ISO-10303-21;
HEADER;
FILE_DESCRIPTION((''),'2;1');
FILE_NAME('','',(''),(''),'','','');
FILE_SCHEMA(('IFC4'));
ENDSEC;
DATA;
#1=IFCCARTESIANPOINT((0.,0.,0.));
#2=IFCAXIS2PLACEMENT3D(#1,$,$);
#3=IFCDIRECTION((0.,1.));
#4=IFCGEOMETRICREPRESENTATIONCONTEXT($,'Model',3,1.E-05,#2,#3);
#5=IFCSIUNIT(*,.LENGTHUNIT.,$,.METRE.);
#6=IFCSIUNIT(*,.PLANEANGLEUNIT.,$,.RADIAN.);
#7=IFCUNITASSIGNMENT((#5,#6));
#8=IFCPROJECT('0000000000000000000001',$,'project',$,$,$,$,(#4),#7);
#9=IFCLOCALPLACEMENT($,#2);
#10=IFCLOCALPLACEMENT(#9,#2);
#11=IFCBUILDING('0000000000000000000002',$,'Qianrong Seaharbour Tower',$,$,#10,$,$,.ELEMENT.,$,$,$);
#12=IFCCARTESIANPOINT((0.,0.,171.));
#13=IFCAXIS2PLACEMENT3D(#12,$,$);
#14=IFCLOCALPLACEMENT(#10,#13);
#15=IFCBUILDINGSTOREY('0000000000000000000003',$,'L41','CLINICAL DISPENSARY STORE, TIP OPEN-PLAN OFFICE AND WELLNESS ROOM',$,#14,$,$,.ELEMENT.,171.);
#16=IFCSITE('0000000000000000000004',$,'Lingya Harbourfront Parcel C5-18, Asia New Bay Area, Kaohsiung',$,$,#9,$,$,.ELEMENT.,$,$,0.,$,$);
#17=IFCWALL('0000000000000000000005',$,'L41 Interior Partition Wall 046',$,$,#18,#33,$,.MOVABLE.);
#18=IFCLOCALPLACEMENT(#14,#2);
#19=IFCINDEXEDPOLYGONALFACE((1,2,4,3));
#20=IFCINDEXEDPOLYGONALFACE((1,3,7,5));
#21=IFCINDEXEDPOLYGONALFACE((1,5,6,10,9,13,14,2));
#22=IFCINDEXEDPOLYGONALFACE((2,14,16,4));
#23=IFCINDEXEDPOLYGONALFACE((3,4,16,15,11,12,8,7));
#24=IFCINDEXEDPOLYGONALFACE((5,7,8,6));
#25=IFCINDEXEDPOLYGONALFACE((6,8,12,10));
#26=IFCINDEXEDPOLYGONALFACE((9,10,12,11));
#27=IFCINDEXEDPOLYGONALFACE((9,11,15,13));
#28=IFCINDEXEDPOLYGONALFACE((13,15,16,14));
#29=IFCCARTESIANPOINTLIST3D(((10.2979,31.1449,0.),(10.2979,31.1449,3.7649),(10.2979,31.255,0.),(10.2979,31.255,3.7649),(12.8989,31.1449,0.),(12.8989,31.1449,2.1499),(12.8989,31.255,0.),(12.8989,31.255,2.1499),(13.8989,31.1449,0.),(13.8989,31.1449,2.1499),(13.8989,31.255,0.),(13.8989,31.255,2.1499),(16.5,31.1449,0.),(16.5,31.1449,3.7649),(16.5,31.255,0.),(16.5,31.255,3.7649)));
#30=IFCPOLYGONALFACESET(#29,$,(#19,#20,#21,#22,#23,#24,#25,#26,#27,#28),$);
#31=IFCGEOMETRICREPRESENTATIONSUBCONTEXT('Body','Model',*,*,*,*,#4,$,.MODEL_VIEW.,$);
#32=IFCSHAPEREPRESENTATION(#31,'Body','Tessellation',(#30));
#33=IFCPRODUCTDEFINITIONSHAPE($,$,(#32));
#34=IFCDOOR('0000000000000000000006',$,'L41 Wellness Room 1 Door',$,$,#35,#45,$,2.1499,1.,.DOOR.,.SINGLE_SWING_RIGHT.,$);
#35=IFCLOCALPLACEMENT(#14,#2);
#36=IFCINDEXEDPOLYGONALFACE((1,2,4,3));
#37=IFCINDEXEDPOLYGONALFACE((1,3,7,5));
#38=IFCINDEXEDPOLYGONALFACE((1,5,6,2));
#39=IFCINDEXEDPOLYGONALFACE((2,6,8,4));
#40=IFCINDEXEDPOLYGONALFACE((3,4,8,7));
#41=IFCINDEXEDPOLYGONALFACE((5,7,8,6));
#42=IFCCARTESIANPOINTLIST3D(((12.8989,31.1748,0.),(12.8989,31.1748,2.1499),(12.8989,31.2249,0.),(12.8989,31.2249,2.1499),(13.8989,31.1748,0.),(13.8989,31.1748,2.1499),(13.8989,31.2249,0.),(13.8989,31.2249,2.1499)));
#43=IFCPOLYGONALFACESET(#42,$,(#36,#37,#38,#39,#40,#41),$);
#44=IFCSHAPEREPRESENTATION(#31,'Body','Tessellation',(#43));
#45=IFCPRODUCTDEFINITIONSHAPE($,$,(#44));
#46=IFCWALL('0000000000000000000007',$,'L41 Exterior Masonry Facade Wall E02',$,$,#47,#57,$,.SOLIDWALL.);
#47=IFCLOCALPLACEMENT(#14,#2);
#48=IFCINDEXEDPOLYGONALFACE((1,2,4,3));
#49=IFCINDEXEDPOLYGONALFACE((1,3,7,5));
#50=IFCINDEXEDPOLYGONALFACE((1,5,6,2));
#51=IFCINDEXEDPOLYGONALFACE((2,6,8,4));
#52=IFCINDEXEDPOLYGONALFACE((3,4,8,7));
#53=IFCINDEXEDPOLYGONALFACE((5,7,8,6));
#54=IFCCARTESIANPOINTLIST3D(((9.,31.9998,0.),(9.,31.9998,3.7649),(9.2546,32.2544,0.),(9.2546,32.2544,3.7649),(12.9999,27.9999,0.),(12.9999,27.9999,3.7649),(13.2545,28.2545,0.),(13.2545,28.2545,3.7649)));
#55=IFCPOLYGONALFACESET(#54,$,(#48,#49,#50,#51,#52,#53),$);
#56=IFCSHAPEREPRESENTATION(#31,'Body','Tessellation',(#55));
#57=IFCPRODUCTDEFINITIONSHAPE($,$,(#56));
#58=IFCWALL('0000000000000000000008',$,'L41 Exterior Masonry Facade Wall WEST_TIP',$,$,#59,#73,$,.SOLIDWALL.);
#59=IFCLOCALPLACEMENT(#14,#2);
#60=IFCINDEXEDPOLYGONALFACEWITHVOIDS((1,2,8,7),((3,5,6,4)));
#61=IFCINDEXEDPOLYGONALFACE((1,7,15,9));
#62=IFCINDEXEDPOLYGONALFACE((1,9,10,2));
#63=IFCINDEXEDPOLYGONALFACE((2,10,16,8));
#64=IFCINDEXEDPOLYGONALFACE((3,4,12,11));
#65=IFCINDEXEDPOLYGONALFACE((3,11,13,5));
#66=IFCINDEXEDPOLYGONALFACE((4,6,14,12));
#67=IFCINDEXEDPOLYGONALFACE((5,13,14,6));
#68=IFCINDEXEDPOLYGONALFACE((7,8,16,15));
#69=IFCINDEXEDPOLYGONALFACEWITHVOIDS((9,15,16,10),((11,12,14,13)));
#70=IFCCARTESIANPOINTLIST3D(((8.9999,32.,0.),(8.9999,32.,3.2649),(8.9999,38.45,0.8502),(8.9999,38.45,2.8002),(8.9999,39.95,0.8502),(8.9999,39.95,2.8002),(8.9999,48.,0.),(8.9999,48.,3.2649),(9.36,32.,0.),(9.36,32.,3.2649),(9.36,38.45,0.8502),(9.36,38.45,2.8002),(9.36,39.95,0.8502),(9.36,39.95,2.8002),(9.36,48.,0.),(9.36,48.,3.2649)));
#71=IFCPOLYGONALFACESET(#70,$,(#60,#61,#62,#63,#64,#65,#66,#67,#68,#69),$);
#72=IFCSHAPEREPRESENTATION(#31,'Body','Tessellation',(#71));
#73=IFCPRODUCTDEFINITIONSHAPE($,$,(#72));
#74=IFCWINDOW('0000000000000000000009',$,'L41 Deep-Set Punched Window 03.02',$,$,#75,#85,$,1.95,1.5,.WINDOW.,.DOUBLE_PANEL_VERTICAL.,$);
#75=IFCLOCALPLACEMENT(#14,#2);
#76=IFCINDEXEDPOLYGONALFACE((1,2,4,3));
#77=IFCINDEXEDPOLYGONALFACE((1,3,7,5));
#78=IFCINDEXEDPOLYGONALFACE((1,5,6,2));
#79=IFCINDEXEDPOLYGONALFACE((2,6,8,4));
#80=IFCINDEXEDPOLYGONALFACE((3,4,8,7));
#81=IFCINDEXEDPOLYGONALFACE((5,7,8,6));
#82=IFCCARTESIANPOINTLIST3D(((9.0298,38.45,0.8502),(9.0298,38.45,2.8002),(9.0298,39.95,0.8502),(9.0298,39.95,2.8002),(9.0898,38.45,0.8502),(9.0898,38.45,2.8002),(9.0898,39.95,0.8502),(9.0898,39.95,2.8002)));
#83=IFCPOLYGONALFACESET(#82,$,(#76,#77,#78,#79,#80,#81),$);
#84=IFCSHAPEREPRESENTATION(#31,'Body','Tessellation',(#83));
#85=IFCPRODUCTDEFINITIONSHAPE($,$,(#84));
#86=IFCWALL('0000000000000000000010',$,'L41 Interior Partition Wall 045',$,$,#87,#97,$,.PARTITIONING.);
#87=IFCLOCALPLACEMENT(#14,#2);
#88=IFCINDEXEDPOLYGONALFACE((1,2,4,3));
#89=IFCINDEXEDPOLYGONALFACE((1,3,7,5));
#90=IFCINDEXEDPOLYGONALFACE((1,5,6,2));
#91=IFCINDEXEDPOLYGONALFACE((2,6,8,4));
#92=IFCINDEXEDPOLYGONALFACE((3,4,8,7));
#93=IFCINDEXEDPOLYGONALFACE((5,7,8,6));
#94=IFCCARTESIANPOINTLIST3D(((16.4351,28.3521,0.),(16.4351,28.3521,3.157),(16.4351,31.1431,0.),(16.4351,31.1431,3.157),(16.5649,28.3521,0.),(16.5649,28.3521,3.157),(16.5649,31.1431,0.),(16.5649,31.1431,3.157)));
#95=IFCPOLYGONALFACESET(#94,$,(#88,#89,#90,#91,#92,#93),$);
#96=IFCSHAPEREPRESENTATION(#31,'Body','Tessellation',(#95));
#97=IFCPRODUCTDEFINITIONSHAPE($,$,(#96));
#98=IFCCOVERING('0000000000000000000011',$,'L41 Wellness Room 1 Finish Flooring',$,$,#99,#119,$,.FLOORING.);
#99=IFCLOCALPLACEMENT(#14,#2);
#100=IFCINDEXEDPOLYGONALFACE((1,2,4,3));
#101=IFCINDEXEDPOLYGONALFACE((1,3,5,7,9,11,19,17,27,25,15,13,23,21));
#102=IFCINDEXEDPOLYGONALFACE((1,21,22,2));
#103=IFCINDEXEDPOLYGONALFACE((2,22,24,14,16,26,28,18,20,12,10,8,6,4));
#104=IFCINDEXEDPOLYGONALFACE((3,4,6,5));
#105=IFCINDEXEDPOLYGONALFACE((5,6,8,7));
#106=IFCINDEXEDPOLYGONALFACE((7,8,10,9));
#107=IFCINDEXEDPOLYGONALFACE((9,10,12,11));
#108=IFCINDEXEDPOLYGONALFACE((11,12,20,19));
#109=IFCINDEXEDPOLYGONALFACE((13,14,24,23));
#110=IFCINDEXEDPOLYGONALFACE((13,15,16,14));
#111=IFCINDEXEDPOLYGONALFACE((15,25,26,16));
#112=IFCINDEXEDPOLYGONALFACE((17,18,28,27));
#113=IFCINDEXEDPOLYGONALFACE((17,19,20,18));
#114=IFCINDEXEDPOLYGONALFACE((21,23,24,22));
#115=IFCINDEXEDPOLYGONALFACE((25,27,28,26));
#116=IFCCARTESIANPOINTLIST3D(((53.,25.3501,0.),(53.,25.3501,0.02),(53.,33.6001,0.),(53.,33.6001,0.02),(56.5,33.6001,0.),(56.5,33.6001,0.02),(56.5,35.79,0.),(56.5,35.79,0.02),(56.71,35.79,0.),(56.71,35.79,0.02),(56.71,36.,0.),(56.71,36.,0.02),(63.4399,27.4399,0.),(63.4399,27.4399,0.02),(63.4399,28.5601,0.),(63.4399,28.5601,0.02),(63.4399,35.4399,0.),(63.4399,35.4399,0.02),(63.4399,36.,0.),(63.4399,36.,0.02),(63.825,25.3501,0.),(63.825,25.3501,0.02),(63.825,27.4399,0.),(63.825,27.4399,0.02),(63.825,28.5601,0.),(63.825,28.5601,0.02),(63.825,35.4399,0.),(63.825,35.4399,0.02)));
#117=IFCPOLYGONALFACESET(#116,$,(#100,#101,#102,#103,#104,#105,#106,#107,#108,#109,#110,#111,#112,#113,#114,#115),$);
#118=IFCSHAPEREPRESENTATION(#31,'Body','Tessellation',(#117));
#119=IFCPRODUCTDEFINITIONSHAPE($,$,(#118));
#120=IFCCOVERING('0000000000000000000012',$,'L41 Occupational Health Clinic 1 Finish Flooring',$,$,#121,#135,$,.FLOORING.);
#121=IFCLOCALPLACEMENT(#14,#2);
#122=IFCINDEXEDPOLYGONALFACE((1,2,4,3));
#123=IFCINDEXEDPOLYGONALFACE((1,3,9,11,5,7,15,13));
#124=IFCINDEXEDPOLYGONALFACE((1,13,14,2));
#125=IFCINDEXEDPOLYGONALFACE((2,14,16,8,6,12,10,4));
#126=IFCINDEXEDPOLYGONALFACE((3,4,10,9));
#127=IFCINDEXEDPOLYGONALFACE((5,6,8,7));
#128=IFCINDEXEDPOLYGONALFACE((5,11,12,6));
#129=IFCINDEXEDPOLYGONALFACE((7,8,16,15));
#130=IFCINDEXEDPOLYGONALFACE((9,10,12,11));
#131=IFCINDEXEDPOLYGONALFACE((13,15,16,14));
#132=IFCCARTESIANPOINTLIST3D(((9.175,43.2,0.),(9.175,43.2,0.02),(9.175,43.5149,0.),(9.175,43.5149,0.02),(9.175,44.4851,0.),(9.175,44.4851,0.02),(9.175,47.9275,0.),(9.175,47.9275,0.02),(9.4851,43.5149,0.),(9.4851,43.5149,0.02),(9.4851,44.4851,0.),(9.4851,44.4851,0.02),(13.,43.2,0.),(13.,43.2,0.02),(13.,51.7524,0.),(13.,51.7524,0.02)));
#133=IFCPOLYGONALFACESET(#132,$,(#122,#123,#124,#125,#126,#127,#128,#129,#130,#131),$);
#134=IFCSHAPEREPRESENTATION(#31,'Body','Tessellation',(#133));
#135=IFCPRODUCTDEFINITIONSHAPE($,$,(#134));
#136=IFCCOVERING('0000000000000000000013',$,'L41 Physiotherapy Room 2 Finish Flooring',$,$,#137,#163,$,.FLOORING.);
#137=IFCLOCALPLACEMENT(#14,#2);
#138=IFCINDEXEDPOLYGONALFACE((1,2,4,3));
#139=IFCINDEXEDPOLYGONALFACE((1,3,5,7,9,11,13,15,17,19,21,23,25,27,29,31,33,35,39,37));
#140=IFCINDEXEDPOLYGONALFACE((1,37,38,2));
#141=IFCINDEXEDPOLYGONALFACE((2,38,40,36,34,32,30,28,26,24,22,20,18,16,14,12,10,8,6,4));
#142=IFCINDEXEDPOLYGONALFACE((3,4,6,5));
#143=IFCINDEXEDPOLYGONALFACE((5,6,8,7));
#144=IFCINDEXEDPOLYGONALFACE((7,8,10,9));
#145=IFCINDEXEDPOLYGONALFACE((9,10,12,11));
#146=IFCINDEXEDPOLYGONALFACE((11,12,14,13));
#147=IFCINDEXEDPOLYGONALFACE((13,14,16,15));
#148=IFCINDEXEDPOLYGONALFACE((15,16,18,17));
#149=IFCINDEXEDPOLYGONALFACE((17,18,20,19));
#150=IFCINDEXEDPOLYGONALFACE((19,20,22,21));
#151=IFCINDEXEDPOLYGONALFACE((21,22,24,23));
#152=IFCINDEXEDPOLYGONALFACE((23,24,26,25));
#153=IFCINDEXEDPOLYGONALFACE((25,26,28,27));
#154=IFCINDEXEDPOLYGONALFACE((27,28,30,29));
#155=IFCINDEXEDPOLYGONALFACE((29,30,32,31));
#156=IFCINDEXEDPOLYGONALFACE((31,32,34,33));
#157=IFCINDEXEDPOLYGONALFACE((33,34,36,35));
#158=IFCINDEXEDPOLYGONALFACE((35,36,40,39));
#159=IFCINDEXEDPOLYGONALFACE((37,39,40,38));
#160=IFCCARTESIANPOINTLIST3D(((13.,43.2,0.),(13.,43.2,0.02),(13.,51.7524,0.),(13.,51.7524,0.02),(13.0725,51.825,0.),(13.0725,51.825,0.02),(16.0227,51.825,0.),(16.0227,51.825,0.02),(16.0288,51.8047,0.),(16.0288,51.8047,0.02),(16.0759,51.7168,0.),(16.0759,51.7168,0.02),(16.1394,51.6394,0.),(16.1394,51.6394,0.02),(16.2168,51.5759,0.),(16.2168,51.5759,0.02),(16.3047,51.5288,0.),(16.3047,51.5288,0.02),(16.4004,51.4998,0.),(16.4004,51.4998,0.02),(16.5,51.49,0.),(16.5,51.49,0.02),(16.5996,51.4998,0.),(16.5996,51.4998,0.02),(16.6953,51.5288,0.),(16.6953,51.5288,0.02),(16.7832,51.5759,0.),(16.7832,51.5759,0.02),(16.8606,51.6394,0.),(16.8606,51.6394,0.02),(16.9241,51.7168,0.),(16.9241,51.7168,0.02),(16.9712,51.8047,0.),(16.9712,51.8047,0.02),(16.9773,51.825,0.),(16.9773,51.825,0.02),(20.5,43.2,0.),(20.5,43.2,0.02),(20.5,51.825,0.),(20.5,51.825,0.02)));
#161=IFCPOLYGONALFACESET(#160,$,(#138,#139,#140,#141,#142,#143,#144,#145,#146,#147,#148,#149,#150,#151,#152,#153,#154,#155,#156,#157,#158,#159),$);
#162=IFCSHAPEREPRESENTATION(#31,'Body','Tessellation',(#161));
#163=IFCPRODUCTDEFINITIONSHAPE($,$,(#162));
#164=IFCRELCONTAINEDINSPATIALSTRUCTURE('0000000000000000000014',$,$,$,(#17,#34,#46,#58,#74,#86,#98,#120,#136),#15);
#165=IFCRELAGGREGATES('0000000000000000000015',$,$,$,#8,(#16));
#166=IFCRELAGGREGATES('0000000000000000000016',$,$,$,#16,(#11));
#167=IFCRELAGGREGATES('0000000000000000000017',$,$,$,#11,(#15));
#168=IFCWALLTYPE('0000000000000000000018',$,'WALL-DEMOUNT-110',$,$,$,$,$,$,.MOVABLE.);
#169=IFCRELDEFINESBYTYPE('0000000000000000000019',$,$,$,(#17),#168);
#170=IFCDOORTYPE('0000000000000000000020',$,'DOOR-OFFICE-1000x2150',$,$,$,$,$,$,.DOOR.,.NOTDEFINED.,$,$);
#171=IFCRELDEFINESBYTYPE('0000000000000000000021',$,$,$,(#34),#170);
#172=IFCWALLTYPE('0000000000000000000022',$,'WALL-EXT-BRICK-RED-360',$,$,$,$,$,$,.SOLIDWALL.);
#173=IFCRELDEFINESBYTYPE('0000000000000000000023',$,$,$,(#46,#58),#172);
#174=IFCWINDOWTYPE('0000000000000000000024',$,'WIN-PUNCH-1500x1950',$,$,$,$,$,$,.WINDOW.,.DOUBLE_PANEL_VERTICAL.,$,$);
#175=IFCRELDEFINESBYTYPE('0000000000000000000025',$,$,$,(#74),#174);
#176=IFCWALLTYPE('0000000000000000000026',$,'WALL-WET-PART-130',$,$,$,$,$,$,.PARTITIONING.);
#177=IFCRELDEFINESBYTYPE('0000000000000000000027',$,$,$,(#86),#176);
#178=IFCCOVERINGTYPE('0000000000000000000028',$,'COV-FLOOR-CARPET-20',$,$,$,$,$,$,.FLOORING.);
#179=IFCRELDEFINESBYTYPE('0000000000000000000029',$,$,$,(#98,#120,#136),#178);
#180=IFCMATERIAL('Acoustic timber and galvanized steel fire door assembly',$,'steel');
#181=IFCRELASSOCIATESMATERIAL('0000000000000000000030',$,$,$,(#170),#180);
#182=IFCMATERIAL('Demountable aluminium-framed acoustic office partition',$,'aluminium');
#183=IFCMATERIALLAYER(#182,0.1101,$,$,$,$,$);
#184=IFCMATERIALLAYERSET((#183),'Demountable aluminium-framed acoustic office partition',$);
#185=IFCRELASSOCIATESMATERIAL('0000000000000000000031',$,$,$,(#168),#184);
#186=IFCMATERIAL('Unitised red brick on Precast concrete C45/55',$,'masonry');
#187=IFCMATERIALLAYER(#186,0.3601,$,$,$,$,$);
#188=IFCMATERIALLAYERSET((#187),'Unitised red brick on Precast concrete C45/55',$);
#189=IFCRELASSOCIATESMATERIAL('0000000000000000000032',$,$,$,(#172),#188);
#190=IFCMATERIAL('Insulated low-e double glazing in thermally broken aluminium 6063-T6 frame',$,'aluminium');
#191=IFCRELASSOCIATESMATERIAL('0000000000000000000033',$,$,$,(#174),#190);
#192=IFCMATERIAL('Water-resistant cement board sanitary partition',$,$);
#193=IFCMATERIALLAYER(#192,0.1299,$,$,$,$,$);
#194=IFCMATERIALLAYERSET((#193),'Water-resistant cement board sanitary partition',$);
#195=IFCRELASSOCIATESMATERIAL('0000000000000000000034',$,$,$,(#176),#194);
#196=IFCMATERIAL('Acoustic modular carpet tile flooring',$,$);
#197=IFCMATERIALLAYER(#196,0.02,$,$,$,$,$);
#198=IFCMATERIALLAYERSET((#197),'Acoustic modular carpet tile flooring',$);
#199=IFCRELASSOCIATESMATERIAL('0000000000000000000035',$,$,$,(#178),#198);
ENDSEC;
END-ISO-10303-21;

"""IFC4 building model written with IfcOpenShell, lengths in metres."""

from ifc_helpers import new_model, si_unit, direction, frame, frame_2d, origin, place, context, subcontext, project, spatial, polyline, rectangle, outline, extrude, material, layer, layer_set, type_object, element, fill, save


model = new_model("IFC4")

# Units and contexts
model_context = context("Model", 3, precision=1e-05, world=origin(), true_north=direction((0.0, 1.0)))
body_context = subcontext(model_context, "Body", "Model", "MODEL_VIEW")
ifc_project = project(units=[si_unit("LENGTHUNIT", "METRE"), si_unit("PLANEANGLEUNIT", "RADIAN")], contexts=[model_context])

# Site, building, storey
site_placement = place(None, origin())
site = spatial("IfcSite", under=ifc_project, at=site_placement, Name="Lingya Harbourfront Parcel C5-18, Asia New Bay Area, Kaohsiung", CompositionType="ELEMENT", RefElevation=0.0)
building_placement = place(site_placement, origin())
building = spatial("IfcBuilding", under=site, at=building_placement, Name="Qianrong Seaharbour Tower", CompositionType="ELEMENT")
storey_placement = place(building_placement, frame((0.0, 0.0, 171.0)))
storey = spatial("IfcBuildingStorey", under=building, at=storey_placement, Name="L41", Description="CLINICAL DISPENSARY STORE, TIP OPEN-PLAN OFFICE AND WELLNESS ROOM", CompositionType="ELEMENT", Elevation=171.0)

# Wall, opening, door
ifc_material_1 = material(Name="Acoustic timber and galvanized steel fire door assembly", Category="steel")
door_type = type_object("IfcDoorType", Name="DOOR-OFFICE-1000x2150", OperationType="NOTDEFINED", PredefinedType="DOOR", material=ifc_material_1)
ifc_material_2 = material(Name="Demountable aluminium-framed acoustic office partition", Category="aluminium")
ifc_layer_1 = layer(ifc_material_2, 0.1101)
ifc_layer_set_1 = layer_set([ifc_layer_1], Name="Demountable aluminium-framed acoustic office partition")
wall_type_1 = type_object("IfcWallType", Name="WALL-DEMOUNT-110", PredefinedType="MOVABLE", material=ifc_layer_set_1)
wall_1_placement = place(storey_placement, frame((10.2979, 31.2, 0.0), z_axis=(0.0, 0.0, 1.0), x_axis=(1.0, 0.0, 0.0)))
wall_1 = element("IfcWall", 1, at=wall_1_placement, inside=storey, type_object=wall_type_1, Name="L41 Interior Partition Wall 046", PredefinedType="MOVABLE", context=body_context, shape_type="SweptSolid", body=[
    extrude(rectangle(XDim=6.2021, YDim=0.1101, at=frame_2d((3.1011, 0.0))), origin(), (0.0, 0.0, 1.0), 3.7649),
])
opening_1_placement = place(wall_1_placement, frame((2.6011, 0.0, 0.0)))
opening_1 = element("IfcOpeningElement", 2, at=opening_1_placement, cuts=wall_1, PredefinedType="OPENING", context=body_context, shape_type="SweptSolid", body=[
    extrude(rectangle(XDim=1.0, YDim=2.1499, at=frame_2d((0.5, 1.075))), frame((0.0, 0.0649, 0.0), z_axis=(0.0, -1.0, 0.0), x_axis=(1.0, 0.0, 0.0)), (0.0, 0.0, 1.0), 0.1301),
])
door_1_placement = place(opening_1_placement, origin())
door_1 = element("IfcDoor", 3, at=door_1_placement, inside=storey, type_object=door_type, Name="L41 Wellness Room 1 Door", OperationType="SINGLE_SWING_RIGHT", OverallHeight=2.1499, OverallWidth=1.0, PredefinedType="DOOR", context=body_context, shape_type="SweptSolid", body=[
    extrude(rectangle(XDim=1.0, YDim=2.1499, at=frame_2d((0.5, 1.075))), frame((0.0, 0.0249, 0.0), z_axis=(0.0, -1.0, 0.0), x_axis=(1.0, 0.0, 0.0)), (0.0, 0.0, 1.0), 0.05),
])
fill(opening_1, door_1)

# Wall
ifc_material_3 = material(Name="Unitised red brick on Precast concrete C45/55", Category="masonry")
ifc_layer_2 = layer(ifc_material_3, 0.3601)
ifc_layer_set_2 = layer_set([ifc_layer_2], Name="Unitised red brick on Precast concrete C45/55")
wall_type_2 = type_object("IfcWallType", Name="WALL-EXT-BRICK-RED-360", PredefinedType="SOLIDWALL", material=ifc_layer_set_2)
wall_2_placement = place(storey_placement, frame((13.1272, 28.1272, 0.0), z_axis=(0.0, 0.0, 1.0), x_axis=(-0.707107, 0.707107, 0.0)))
element("IfcWall", 4, at=wall_2_placement, inside=storey, type_object=wall_type_2, Name="L41 Exterior Masonry Facade Wall E02", PredefinedType="SOLIDWALL", context=body_context, shape_type="SweptSolid", body=[
    extrude(rectangle(XDim=5.6567, YDim=0.3601, at=frame_2d((2.8284, 0.0))), origin(), (0.0, 0.0, 1.0), 3.7649),
])

# Wall, opening, window
wall_3_placement = place(storey_placement, frame((9.1799, 32.0, 0.0), z_axis=(0.0, 0.0, 1.0), x_axis=(0.0, 1.0, 0.0)))
wall_3 = element("IfcWall", 5, at=wall_3_placement, inside=storey, type_object=wall_type_2, Name="L41 Exterior Masonry Facade Wall WEST_TIP", PredefinedType="SOLIDWALL", context=body_context, shape_type="SweptSolid", body=[
    extrude(rectangle(XDim=16.0, YDim=0.3601, at=frame_2d((8.0, 0.0))), origin(), (0.0, 0.0, 1.0), 3.2649),
])
opening_2_placement = place(wall_3_placement, frame((6.45, 0.0, 0.8501)))
opening_2 = element("IfcOpeningElement", 6, at=opening_2_placement, cuts=wall_3, PredefinedType="OPENING", context=body_context, shape_type="SweptSolid", body=[
    extrude(rectangle(XDim=1.5, YDim=1.95, at=frame_2d((0.75, 0.9751))), frame((0.0, 0.1899, 0.0), z_axis=(0.0, -1.0, 0.0), x_axis=(1.0, 0.0, 0.0)), (0.0, 0.0, 1.0), 0.3801),
])
ifc_material_4 = material(Name="Insulated low-e double glazing in thermally broken aluminium 6063-T6 frame", Category="aluminium")
window_type = type_object("IfcWindowType", Name="WIN-PUNCH-1500x1950", PartitioningType="DOUBLE_PANEL_VERTICAL", PredefinedType="WINDOW", material=ifc_material_4)
window_placement = place(opening_2_placement, origin())
window = element("IfcWindow", 7, at=window_placement, inside=storey, type_object=window_type, Name="L41 Deep-Set Punched Window 03.02", OverallHeight=1.95, OverallWidth=1.5, PartitioningType="DOUBLE_PANEL_VERTICAL", PredefinedType="WINDOW", context=body_context, shape_type="SweptSolid", body=[
    extrude(rectangle(XDim=1.5, YDim=1.95, at=frame_2d((0.75, 0.9751))), frame((0.0, 0.1501, 0.0), z_axis=(0.0, -1.0, 0.0), x_axis=(1.0, 0.0, 0.0)), (0.0, 0.0, 1.0), 0.0601),
])
fill(opening_2, window)

# Wall
ifc_material_5 = material(Name="Water-resistant cement board sanitary partition")
ifc_layer_3 = layer(ifc_material_5, 0.1299)
ifc_layer_set_3 = layer_set([ifc_layer_3], Name="Water-resistant cement board sanitary partition")
wall_type_3 = type_object("IfcWallType", Name="WALL-WET-PART-130", PredefinedType="PARTITIONING", material=ifc_layer_set_3)
wall_4_placement = place(storey_placement, frame((16.5, 31.1431, 0.0), z_axis=(0.0, 0.0, 1.0), x_axis=(0.0, -1.0, 0.0)))
element("IfcWall", 8, at=wall_4_placement, inside=storey, type_object=wall_type_3, Name="L41 Interior Partition Wall 045", PredefinedType="PARTITIONING", context=body_context, shape_type="SweptSolid", body=[
    extrude(rectangle(XDim=2.791, YDim=0.1299, at=frame_2d((1.3955, 0.0))), origin(), (0.0, 0.0, 1.0), 3.157),
])

# Coverings
ifc_material_6 = material(Name="Acoustic modular carpet tile flooring")
ifc_layer_4 = layer(ifc_material_6, 0.02)
ifc_layer_set_4 = layer_set([ifc_layer_4], Name="Acoustic modular carpet tile flooring")
covering_type_1 = type_object("IfcCoveringType", Name="COV-FLOOR-CARPET-20", PredefinedType="FLOORING", material=ifc_layer_set_4)
covering_1_placement = place(storey_placement, origin())
element("IfcCovering", 9, at=covering_1_placement, inside=storey, type_object=covering_type_1, Name="L41 Wellness Room 1 Finish Flooring", PredefinedType="FLOORING", context=body_context, shape_type="SweptSolid", body=[
    extrude(outline(polyline([(56.5, 33.6001), (56.5, 35.79), (56.71, 35.79), (56.71, 36.0), (63.4399, 36.0), (63.4399, 35.4399), (63.825, 35.4399), (63.825, 28.5601), (63.4399, 28.5601), (63.4399, 27.4399), (63.825, 27.4399), (63.825, 25.3501), (53.0, 25.3501), (53.0, 33.6001), (56.5, 33.6001)])), origin(), (0.0, 0.0, 1.0), 0.02),
])
covering_2_placement = place(storey_placement, origin())
element("IfcCovering", 10, at=covering_2_placement, inside=storey, type_object=covering_type_1, Name="L41 Occupational Health Clinic 1 Finish Flooring", PredefinedType="FLOORING", context=body_context, shape_type="SweptSolid", body=[
    extrude(outline(polyline([(9.175, 43.5149), (9.4851, 43.5149), (9.4851, 44.4851), (9.175, 44.4851), (9.175, 47.9275), (13.0, 51.7524), (13.0, 43.2), (9.175, 43.2), (9.175, 43.5149)])), origin(), (0.0, 0.0, 1.0), 0.02),
])
covering_3_placement = place(storey_placement, origin())
element("IfcCovering", 11, at=covering_3_placement, inside=storey, type_object=covering_type_1, Name="L41 Physiotherapy Room 2 Finish Flooring", PredefinedType="FLOORING", context=body_context, shape_type="SweptSolid", body=[
    extrude(outline(polyline([(13.0, 51.7524), (13.0725, 51.825), (16.0227, 51.825), (16.0288, 51.8047), (16.0759, 51.7168), (16.1394, 51.6394), (16.2168, 51.5759), (16.3047, 51.5288), (16.4004, 51.4998), (16.5, 51.49), (16.5996, 51.4998), (16.6953, 51.5288), (16.7832, 51.5759), (16.8606, 51.6394), (16.9241, 51.7168), (16.9712, 51.8047), (16.9773, 51.825), (20.5, 51.825), (20.5, 43.2), (13.0, 43.2), (13.0, 51.7524)])), origin(), (0.0, 0.0, 1.0), 0.02),
])

save(model, "model.ifc")
